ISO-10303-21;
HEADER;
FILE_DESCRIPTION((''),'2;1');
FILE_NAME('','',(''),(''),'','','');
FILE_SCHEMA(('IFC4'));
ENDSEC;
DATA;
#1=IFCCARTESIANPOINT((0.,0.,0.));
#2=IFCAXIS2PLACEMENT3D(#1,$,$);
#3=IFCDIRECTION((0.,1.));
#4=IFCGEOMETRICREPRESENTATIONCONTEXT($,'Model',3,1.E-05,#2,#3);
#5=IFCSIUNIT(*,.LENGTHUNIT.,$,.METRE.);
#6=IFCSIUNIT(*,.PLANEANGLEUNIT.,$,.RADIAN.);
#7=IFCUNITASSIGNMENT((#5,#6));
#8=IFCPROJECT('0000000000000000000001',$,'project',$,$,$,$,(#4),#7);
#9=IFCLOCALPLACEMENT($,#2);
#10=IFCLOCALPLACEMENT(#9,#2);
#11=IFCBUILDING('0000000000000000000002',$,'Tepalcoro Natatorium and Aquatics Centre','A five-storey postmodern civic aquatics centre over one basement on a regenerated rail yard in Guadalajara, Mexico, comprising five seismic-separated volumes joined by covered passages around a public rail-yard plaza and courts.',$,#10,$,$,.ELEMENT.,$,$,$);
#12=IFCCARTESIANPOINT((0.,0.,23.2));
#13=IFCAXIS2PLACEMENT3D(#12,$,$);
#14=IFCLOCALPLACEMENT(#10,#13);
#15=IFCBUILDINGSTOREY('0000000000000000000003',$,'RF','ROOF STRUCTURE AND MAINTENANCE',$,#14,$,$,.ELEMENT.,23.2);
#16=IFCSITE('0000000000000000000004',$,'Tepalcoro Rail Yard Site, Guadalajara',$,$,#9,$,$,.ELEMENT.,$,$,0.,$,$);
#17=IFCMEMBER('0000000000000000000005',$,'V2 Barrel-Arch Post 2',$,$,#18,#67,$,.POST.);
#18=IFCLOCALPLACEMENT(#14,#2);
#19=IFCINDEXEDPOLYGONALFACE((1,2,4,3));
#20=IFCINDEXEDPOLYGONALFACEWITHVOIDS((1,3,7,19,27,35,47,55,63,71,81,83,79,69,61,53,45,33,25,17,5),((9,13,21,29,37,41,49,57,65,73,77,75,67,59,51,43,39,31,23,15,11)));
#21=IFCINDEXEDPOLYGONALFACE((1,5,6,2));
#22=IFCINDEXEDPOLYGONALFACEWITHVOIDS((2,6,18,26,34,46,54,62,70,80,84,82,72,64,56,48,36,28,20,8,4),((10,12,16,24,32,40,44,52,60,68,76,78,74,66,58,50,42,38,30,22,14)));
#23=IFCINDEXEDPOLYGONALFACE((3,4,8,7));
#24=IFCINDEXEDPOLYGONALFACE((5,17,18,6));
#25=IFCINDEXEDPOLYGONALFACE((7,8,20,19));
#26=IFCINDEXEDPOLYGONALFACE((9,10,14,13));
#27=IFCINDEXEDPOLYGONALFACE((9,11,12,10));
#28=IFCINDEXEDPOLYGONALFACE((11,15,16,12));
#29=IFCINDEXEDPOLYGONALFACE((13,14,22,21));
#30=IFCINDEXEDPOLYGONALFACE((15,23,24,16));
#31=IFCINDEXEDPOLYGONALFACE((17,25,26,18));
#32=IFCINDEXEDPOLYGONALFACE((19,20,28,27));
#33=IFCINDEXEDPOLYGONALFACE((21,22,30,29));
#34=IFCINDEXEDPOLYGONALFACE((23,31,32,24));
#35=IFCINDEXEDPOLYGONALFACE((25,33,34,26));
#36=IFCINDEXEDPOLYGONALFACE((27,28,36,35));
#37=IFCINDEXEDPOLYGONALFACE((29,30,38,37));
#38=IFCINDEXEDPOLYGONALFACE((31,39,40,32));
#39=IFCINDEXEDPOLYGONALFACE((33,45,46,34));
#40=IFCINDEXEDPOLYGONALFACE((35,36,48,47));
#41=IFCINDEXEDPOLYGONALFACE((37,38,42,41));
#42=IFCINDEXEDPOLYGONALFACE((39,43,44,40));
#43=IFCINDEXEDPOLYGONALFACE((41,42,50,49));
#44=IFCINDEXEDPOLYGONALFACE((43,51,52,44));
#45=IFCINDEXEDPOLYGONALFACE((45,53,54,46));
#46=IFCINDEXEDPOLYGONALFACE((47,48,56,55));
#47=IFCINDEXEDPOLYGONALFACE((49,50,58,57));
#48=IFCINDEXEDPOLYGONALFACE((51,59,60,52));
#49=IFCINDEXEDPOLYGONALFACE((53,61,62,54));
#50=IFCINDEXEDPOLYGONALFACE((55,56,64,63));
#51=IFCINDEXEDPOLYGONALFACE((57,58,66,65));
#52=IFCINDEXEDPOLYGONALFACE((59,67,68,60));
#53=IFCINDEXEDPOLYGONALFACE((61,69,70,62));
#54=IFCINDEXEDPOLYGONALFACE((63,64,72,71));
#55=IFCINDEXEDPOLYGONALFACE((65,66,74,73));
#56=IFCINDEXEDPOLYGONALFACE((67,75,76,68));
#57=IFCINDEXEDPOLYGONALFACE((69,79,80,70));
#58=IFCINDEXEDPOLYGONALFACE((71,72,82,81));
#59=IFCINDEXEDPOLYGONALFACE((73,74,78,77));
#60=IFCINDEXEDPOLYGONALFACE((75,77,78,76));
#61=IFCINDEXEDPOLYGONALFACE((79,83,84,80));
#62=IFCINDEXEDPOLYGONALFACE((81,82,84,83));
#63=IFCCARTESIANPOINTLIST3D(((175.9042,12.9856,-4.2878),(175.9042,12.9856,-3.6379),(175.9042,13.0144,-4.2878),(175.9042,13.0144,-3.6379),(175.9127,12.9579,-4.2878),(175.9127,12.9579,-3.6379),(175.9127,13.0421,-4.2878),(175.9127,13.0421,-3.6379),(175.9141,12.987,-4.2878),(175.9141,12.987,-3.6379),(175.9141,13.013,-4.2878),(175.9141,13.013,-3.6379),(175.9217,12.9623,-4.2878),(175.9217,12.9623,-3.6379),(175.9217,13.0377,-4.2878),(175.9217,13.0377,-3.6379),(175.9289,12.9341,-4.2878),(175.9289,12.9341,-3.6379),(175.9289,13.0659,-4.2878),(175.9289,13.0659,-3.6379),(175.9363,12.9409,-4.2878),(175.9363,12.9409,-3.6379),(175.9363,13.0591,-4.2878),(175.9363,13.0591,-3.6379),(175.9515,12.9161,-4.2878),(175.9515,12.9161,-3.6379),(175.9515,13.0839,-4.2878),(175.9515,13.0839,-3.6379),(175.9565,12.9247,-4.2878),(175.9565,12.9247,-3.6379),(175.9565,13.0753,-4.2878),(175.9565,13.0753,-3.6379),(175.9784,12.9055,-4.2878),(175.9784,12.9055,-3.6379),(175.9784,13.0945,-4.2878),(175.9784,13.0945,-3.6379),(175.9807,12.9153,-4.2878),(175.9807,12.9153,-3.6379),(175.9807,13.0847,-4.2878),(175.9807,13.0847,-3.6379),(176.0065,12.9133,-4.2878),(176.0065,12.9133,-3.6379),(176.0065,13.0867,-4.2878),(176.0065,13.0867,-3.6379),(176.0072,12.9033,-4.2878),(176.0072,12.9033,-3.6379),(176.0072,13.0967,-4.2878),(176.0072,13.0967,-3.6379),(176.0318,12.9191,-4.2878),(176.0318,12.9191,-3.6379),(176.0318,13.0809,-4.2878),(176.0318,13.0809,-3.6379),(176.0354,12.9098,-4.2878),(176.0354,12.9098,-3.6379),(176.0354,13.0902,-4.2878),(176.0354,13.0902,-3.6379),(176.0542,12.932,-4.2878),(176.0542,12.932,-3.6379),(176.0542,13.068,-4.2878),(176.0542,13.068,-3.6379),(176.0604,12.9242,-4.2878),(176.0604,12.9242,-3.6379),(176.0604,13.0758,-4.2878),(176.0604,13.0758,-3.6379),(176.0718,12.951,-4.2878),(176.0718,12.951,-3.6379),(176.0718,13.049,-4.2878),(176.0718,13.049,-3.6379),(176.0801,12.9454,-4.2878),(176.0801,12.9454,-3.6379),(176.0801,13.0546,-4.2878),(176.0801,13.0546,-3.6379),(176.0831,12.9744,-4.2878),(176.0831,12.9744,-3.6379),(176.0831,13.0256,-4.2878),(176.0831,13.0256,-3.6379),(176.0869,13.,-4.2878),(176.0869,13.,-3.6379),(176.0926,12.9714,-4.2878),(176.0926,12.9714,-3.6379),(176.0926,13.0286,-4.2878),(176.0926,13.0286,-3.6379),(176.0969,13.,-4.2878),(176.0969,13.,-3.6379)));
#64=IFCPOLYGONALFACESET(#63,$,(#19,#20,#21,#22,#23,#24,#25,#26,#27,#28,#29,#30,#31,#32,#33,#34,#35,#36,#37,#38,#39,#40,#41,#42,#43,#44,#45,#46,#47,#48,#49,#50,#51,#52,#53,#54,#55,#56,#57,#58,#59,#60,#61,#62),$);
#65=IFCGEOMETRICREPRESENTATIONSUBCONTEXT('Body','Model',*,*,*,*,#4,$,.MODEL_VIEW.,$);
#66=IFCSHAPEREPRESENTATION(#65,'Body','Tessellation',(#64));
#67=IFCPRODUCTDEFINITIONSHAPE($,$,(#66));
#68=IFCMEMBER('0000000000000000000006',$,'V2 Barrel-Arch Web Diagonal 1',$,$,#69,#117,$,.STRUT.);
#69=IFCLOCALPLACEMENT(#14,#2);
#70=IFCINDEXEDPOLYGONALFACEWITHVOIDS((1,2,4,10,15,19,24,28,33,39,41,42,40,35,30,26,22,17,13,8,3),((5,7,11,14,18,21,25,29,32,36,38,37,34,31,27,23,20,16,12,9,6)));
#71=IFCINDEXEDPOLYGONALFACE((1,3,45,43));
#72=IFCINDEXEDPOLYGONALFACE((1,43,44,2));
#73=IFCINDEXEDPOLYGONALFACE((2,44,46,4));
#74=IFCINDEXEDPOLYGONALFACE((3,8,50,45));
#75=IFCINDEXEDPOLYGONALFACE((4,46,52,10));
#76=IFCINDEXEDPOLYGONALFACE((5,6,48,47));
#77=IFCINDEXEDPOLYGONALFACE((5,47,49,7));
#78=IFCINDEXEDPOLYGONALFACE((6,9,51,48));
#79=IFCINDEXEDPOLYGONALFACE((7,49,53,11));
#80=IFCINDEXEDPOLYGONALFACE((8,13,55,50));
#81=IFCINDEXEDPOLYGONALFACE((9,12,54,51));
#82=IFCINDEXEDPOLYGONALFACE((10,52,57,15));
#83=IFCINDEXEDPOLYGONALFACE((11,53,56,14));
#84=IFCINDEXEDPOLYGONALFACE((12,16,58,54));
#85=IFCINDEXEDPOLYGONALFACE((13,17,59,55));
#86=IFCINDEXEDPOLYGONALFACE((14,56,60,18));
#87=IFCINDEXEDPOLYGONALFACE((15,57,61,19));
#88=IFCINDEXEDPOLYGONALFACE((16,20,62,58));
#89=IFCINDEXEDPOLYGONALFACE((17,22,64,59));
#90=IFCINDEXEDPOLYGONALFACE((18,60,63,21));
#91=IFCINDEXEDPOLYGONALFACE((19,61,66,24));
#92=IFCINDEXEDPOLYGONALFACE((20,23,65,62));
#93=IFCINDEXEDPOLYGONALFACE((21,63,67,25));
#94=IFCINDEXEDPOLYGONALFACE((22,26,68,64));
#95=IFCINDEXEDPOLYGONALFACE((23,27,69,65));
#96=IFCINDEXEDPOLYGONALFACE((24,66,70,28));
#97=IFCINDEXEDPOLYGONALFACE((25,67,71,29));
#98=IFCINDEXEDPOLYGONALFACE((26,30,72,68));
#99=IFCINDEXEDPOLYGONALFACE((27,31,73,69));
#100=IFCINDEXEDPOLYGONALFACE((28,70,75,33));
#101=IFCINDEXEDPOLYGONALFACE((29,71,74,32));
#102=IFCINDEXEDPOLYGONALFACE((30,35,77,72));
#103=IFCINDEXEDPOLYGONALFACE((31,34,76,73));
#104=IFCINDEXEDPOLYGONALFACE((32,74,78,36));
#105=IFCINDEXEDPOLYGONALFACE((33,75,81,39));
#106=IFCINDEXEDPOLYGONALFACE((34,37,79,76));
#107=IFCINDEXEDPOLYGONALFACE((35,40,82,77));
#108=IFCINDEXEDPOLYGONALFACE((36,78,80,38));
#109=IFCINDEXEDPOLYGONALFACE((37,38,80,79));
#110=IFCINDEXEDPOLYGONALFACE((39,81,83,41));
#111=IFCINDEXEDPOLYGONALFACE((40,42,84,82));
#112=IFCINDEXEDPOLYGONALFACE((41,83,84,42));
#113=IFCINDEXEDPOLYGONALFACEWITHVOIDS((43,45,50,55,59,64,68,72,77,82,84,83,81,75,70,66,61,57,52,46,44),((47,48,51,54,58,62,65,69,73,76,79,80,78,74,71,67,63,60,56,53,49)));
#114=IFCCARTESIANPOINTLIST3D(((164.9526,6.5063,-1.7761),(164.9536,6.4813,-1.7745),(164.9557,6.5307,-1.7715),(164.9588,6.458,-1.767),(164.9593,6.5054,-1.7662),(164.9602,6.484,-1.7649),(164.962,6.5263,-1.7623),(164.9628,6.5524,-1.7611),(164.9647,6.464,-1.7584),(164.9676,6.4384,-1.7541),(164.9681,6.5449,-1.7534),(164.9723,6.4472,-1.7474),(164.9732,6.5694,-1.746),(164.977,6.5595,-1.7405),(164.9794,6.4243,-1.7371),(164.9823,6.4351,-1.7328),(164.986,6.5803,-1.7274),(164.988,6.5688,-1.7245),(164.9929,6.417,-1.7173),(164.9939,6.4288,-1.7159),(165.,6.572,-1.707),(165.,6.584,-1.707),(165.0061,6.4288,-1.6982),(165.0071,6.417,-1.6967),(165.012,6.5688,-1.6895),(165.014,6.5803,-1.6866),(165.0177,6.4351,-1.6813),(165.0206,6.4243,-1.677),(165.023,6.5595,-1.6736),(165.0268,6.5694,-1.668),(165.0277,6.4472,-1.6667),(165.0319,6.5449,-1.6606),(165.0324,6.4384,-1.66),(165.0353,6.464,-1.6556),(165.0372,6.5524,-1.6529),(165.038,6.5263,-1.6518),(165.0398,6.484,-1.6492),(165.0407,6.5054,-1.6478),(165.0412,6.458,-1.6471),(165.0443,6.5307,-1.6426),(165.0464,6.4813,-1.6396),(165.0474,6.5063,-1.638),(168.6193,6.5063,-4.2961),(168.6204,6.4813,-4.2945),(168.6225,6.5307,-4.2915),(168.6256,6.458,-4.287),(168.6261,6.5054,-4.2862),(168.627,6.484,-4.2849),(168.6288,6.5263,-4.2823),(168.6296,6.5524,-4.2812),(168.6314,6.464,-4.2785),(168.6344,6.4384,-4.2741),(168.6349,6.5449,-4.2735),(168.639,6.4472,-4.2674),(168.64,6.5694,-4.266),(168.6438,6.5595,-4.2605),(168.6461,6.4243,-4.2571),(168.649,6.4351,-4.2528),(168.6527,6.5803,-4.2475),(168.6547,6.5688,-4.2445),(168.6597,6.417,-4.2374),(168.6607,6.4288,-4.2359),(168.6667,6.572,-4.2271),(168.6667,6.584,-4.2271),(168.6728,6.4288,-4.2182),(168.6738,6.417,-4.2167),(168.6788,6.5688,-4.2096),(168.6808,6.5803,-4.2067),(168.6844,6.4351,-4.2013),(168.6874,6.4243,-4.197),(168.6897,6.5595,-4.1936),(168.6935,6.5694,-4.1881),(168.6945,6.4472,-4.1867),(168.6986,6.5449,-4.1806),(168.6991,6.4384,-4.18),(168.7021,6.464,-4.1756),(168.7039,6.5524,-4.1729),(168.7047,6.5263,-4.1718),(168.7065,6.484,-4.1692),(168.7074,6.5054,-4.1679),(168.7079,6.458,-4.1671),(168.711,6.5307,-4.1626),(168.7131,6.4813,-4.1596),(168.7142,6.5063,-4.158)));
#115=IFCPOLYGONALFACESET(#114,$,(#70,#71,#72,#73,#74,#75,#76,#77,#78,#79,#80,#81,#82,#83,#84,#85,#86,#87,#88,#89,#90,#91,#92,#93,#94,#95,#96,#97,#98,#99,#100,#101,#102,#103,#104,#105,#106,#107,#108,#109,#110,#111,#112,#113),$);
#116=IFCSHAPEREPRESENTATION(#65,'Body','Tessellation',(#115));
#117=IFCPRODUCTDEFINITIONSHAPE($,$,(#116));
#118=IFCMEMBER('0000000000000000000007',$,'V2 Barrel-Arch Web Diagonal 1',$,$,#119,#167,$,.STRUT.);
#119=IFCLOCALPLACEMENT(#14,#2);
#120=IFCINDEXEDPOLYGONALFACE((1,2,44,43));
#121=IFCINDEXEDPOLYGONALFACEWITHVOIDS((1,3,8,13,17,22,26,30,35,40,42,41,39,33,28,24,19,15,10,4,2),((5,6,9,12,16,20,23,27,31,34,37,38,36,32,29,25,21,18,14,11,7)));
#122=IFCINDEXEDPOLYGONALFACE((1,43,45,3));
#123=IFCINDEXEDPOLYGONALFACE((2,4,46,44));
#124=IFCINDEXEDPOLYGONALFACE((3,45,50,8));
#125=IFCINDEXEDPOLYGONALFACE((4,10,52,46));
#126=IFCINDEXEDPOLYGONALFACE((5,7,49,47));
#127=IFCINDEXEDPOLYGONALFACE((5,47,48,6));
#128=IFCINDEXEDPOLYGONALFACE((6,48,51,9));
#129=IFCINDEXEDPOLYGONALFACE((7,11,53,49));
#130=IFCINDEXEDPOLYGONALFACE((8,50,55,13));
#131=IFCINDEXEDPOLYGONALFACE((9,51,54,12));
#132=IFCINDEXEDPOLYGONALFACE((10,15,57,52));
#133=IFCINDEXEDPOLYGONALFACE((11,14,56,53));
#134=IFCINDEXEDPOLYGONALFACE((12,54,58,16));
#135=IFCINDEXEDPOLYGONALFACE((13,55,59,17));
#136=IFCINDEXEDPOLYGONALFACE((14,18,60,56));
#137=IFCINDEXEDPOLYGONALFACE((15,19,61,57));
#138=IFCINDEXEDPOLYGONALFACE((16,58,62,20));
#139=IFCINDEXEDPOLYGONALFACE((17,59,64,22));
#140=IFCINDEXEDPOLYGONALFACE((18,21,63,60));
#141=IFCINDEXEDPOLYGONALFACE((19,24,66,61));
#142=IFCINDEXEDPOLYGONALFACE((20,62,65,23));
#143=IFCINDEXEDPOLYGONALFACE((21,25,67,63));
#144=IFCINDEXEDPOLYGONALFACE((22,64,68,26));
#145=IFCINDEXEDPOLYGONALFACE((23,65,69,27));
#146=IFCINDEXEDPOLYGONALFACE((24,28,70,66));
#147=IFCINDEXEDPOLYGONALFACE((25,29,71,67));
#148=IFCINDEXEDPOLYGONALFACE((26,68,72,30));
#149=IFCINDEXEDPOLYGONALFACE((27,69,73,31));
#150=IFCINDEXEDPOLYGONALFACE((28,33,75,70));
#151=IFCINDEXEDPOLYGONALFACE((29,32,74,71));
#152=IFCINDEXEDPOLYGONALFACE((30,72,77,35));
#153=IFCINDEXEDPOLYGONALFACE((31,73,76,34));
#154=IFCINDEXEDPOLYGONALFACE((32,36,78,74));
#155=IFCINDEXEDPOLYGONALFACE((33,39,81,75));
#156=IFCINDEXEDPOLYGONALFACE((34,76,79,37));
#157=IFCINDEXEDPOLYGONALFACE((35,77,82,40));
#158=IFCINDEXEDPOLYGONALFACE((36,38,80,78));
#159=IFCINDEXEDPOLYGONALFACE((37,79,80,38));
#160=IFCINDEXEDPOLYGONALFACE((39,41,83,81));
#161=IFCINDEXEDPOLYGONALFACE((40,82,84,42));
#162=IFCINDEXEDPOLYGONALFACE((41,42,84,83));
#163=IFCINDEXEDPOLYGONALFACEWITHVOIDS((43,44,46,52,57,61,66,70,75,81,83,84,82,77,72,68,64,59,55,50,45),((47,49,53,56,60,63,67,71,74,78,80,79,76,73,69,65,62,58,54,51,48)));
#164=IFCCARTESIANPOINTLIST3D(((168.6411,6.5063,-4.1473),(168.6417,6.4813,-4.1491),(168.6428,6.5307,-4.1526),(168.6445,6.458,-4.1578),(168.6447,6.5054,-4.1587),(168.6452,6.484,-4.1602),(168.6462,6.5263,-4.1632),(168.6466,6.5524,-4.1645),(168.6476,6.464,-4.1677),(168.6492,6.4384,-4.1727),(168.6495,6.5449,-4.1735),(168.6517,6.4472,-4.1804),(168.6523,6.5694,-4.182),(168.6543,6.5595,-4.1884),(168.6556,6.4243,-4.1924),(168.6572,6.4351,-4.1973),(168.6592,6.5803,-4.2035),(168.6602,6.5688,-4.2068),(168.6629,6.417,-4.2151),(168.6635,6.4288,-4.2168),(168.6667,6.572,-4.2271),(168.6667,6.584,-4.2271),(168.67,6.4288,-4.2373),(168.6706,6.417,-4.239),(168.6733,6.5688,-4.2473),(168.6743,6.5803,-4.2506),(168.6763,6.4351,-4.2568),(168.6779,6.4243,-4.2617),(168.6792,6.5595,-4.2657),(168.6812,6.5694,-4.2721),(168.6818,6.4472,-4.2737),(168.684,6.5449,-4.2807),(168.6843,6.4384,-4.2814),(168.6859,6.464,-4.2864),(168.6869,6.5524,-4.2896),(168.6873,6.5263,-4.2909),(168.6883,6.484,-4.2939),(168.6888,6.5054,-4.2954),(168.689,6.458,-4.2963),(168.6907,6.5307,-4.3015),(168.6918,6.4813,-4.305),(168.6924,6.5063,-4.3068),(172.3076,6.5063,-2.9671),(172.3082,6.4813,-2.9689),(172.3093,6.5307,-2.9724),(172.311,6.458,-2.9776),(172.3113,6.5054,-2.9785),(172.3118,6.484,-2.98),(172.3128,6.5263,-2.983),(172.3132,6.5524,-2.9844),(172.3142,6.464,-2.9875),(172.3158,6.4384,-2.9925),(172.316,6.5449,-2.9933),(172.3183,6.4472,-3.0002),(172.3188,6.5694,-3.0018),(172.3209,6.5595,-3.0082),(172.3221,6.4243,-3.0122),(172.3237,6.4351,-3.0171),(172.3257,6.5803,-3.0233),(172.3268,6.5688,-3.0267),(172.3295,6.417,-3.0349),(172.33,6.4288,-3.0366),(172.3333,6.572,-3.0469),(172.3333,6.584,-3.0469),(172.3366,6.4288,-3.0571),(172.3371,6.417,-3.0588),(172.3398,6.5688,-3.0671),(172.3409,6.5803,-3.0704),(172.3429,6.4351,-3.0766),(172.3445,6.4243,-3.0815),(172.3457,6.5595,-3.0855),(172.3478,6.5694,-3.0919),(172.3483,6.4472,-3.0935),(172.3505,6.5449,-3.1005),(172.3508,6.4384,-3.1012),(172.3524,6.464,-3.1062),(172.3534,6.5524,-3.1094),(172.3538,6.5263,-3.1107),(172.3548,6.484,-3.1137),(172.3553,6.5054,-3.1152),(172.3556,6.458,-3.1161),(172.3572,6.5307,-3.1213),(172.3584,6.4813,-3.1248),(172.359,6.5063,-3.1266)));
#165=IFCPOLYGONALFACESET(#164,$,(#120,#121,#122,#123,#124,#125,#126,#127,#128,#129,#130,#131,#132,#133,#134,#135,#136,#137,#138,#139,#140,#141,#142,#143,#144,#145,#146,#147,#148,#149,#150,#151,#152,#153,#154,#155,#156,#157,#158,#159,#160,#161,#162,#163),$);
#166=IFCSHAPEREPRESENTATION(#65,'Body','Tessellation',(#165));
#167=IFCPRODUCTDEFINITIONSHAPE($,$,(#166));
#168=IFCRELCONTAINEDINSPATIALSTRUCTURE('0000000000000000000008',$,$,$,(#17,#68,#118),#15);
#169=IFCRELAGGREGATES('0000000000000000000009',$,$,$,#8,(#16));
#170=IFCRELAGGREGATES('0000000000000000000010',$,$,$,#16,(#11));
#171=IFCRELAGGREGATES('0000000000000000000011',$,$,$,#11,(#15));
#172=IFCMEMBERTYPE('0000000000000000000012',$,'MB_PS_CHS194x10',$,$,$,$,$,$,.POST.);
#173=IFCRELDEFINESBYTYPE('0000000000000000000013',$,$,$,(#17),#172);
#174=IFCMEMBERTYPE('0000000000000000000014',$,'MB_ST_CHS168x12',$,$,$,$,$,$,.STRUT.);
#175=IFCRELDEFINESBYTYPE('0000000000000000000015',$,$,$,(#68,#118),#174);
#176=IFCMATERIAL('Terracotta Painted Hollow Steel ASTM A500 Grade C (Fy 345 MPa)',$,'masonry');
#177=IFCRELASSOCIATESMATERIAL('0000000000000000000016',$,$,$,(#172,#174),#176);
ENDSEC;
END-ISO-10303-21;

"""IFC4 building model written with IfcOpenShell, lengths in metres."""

from ifc_helpers import new_model, si_unit, direction, frame, origin, origin_2d, place, context, subcontext, project, spatial, hollow_circle, extrude, material, material_profile, profile_set, type_object, element, save


model = new_model("IFC4")

# Units and contexts
model_context = context("Model", 3, precision=1e-05, world=origin(), true_north=direction((0.0, 1.0)))
body_context = subcontext(model_context, "Body", "Model", "MODEL_VIEW")
ifc_project = project(units=[si_unit("LENGTHUNIT", "METRE"), si_unit("PLANEANGLEUNIT", "RADIAN")], contexts=[model_context])

# Site, building, storey
site_placement = place(None, origin())
site = spatial("IfcSite", under=ifc_project, at=site_placement, Name="Tepalcoro Rail Yard Site, Guadalajara", CompositionType="ELEMENT", RefElevation=0.0)
building_placement = place(site_placement, origin())
building = spatial("IfcBuilding", under=site, at=building_placement, Name="Tepalcoro Natatorium and Aquatics Centre", Description="A five-storey postmodern civic aquatics centre over one basement on a regenerated rail yard in Guadalajara, Mexico, comprising five seismic-separated volumes joined by covered passages around a public rail-yard plaza and courts.", CompositionType="ELEMENT")
storey_placement = place(building_placement, frame((0.0, 0.0, 23.2)))
storey = spatial("IfcBuildingStorey", under=building, at=storey_placement, Name="RF", Description="ROOF STRUCTURE AND MAINTENANCE", CompositionType="ELEMENT", Elevation=23.2)

# Shared definitions
ifc_material_1 = material(Name="Terracotta Painted Hollow Steel ASTM A500 Grade C (Fy 345 MPa)", Category="masonry")

# Members
ifc_material_profile_1 = material_profile(ifc_material_1, hollow_circle(Radius=0.0969, WallThickness=0.01, at=origin_2d()), Name="CHS194X10")
ifc_profile_set_1 = profile_set([ifc_material_profile_1], Name="Terracotta Painted Hollow Steel ASTM A500 Grade C (Fy 345 MPa)")
member_type_1 = type_object("IfcMemberType", Name="MB_PS_CHS194x10", PredefinedType="POST", material=ifc_profile_set_1)
member_1_placement = place(storey_placement, frame((176.0, 13.0, -4.2878), z_axis=(0.0, 0.0, 1.0), x_axis=(1.0, 0.0, 0.0)))
element("IfcMember", 1, at=member_1_placement, inside=storey, type_object=member_type_1, Name="V2 Barrel-Arch Post 2", PredefinedType="POST", context=body_context, shape_type="SweptSolid", body=[
    extrude(hollow_circle(Radius=0.0969, WallThickness=0.01, at=origin_2d()), origin(), (0.0, 0.0, 1.0), 0.6499),
])
ifc_material_profile_2 = material_profile(ifc_material_1, hollow_circle(Radius=0.084, WallThickness=0.012, at=origin_2d()), Name="CHS168X12")
ifc_profile_set_2 = profile_set([ifc_material_profile_2], Name="Terracotta Painted Hollow Steel ASTM A500 Grade C (Fy 345 MPa)")
member_type_2 = type_object("IfcMemberType", Name="MB_ST_CHS168x12", PredefinedType="STRUT", material=ifc_profile_set_2)
member_2_placement = place(storey_placement, frame((165.0, 6.5, -1.707), z_axis=(0.824133, 0.0, -0.566396), x_axis=(0.0, 1.0, 0.0)))
element("IfcMember", 2, at=member_2_placement, inside=storey, type_object=member_type_2, Name="V2 Barrel-Arch Web Diagonal 1", PredefinedType="STRUT", context=body_context, shape_type="SweptSolid", body=[
    extrude(hollow_circle(Radius=0.084, WallThickness=0.012, at=origin_2d()), origin(), (0.0, 0.0, 1.0), 4.4492),
])
member_3_placement = place(storey_placement, frame((168.6667, 6.5, -4.2271), z_axis=(0.951903, 0.0, 0.306399), x_axis=(0.0, 1.0, 0.0)))
element("IfcMember", 3, at=member_3_placement, inside=storey, type_object=member_type_2, Name="V2 Barrel-Arch Web Diagonal 1", PredefinedType="STRUT", context=body_context, shape_type="SweptSolid", body=[
    extrude(hollow_circle(Radius=0.084, WallThickness=0.012, at=origin_2d()), origin(), (0.0, 0.0, 1.0), 3.8518),
])

save(model, "model.ifc")
